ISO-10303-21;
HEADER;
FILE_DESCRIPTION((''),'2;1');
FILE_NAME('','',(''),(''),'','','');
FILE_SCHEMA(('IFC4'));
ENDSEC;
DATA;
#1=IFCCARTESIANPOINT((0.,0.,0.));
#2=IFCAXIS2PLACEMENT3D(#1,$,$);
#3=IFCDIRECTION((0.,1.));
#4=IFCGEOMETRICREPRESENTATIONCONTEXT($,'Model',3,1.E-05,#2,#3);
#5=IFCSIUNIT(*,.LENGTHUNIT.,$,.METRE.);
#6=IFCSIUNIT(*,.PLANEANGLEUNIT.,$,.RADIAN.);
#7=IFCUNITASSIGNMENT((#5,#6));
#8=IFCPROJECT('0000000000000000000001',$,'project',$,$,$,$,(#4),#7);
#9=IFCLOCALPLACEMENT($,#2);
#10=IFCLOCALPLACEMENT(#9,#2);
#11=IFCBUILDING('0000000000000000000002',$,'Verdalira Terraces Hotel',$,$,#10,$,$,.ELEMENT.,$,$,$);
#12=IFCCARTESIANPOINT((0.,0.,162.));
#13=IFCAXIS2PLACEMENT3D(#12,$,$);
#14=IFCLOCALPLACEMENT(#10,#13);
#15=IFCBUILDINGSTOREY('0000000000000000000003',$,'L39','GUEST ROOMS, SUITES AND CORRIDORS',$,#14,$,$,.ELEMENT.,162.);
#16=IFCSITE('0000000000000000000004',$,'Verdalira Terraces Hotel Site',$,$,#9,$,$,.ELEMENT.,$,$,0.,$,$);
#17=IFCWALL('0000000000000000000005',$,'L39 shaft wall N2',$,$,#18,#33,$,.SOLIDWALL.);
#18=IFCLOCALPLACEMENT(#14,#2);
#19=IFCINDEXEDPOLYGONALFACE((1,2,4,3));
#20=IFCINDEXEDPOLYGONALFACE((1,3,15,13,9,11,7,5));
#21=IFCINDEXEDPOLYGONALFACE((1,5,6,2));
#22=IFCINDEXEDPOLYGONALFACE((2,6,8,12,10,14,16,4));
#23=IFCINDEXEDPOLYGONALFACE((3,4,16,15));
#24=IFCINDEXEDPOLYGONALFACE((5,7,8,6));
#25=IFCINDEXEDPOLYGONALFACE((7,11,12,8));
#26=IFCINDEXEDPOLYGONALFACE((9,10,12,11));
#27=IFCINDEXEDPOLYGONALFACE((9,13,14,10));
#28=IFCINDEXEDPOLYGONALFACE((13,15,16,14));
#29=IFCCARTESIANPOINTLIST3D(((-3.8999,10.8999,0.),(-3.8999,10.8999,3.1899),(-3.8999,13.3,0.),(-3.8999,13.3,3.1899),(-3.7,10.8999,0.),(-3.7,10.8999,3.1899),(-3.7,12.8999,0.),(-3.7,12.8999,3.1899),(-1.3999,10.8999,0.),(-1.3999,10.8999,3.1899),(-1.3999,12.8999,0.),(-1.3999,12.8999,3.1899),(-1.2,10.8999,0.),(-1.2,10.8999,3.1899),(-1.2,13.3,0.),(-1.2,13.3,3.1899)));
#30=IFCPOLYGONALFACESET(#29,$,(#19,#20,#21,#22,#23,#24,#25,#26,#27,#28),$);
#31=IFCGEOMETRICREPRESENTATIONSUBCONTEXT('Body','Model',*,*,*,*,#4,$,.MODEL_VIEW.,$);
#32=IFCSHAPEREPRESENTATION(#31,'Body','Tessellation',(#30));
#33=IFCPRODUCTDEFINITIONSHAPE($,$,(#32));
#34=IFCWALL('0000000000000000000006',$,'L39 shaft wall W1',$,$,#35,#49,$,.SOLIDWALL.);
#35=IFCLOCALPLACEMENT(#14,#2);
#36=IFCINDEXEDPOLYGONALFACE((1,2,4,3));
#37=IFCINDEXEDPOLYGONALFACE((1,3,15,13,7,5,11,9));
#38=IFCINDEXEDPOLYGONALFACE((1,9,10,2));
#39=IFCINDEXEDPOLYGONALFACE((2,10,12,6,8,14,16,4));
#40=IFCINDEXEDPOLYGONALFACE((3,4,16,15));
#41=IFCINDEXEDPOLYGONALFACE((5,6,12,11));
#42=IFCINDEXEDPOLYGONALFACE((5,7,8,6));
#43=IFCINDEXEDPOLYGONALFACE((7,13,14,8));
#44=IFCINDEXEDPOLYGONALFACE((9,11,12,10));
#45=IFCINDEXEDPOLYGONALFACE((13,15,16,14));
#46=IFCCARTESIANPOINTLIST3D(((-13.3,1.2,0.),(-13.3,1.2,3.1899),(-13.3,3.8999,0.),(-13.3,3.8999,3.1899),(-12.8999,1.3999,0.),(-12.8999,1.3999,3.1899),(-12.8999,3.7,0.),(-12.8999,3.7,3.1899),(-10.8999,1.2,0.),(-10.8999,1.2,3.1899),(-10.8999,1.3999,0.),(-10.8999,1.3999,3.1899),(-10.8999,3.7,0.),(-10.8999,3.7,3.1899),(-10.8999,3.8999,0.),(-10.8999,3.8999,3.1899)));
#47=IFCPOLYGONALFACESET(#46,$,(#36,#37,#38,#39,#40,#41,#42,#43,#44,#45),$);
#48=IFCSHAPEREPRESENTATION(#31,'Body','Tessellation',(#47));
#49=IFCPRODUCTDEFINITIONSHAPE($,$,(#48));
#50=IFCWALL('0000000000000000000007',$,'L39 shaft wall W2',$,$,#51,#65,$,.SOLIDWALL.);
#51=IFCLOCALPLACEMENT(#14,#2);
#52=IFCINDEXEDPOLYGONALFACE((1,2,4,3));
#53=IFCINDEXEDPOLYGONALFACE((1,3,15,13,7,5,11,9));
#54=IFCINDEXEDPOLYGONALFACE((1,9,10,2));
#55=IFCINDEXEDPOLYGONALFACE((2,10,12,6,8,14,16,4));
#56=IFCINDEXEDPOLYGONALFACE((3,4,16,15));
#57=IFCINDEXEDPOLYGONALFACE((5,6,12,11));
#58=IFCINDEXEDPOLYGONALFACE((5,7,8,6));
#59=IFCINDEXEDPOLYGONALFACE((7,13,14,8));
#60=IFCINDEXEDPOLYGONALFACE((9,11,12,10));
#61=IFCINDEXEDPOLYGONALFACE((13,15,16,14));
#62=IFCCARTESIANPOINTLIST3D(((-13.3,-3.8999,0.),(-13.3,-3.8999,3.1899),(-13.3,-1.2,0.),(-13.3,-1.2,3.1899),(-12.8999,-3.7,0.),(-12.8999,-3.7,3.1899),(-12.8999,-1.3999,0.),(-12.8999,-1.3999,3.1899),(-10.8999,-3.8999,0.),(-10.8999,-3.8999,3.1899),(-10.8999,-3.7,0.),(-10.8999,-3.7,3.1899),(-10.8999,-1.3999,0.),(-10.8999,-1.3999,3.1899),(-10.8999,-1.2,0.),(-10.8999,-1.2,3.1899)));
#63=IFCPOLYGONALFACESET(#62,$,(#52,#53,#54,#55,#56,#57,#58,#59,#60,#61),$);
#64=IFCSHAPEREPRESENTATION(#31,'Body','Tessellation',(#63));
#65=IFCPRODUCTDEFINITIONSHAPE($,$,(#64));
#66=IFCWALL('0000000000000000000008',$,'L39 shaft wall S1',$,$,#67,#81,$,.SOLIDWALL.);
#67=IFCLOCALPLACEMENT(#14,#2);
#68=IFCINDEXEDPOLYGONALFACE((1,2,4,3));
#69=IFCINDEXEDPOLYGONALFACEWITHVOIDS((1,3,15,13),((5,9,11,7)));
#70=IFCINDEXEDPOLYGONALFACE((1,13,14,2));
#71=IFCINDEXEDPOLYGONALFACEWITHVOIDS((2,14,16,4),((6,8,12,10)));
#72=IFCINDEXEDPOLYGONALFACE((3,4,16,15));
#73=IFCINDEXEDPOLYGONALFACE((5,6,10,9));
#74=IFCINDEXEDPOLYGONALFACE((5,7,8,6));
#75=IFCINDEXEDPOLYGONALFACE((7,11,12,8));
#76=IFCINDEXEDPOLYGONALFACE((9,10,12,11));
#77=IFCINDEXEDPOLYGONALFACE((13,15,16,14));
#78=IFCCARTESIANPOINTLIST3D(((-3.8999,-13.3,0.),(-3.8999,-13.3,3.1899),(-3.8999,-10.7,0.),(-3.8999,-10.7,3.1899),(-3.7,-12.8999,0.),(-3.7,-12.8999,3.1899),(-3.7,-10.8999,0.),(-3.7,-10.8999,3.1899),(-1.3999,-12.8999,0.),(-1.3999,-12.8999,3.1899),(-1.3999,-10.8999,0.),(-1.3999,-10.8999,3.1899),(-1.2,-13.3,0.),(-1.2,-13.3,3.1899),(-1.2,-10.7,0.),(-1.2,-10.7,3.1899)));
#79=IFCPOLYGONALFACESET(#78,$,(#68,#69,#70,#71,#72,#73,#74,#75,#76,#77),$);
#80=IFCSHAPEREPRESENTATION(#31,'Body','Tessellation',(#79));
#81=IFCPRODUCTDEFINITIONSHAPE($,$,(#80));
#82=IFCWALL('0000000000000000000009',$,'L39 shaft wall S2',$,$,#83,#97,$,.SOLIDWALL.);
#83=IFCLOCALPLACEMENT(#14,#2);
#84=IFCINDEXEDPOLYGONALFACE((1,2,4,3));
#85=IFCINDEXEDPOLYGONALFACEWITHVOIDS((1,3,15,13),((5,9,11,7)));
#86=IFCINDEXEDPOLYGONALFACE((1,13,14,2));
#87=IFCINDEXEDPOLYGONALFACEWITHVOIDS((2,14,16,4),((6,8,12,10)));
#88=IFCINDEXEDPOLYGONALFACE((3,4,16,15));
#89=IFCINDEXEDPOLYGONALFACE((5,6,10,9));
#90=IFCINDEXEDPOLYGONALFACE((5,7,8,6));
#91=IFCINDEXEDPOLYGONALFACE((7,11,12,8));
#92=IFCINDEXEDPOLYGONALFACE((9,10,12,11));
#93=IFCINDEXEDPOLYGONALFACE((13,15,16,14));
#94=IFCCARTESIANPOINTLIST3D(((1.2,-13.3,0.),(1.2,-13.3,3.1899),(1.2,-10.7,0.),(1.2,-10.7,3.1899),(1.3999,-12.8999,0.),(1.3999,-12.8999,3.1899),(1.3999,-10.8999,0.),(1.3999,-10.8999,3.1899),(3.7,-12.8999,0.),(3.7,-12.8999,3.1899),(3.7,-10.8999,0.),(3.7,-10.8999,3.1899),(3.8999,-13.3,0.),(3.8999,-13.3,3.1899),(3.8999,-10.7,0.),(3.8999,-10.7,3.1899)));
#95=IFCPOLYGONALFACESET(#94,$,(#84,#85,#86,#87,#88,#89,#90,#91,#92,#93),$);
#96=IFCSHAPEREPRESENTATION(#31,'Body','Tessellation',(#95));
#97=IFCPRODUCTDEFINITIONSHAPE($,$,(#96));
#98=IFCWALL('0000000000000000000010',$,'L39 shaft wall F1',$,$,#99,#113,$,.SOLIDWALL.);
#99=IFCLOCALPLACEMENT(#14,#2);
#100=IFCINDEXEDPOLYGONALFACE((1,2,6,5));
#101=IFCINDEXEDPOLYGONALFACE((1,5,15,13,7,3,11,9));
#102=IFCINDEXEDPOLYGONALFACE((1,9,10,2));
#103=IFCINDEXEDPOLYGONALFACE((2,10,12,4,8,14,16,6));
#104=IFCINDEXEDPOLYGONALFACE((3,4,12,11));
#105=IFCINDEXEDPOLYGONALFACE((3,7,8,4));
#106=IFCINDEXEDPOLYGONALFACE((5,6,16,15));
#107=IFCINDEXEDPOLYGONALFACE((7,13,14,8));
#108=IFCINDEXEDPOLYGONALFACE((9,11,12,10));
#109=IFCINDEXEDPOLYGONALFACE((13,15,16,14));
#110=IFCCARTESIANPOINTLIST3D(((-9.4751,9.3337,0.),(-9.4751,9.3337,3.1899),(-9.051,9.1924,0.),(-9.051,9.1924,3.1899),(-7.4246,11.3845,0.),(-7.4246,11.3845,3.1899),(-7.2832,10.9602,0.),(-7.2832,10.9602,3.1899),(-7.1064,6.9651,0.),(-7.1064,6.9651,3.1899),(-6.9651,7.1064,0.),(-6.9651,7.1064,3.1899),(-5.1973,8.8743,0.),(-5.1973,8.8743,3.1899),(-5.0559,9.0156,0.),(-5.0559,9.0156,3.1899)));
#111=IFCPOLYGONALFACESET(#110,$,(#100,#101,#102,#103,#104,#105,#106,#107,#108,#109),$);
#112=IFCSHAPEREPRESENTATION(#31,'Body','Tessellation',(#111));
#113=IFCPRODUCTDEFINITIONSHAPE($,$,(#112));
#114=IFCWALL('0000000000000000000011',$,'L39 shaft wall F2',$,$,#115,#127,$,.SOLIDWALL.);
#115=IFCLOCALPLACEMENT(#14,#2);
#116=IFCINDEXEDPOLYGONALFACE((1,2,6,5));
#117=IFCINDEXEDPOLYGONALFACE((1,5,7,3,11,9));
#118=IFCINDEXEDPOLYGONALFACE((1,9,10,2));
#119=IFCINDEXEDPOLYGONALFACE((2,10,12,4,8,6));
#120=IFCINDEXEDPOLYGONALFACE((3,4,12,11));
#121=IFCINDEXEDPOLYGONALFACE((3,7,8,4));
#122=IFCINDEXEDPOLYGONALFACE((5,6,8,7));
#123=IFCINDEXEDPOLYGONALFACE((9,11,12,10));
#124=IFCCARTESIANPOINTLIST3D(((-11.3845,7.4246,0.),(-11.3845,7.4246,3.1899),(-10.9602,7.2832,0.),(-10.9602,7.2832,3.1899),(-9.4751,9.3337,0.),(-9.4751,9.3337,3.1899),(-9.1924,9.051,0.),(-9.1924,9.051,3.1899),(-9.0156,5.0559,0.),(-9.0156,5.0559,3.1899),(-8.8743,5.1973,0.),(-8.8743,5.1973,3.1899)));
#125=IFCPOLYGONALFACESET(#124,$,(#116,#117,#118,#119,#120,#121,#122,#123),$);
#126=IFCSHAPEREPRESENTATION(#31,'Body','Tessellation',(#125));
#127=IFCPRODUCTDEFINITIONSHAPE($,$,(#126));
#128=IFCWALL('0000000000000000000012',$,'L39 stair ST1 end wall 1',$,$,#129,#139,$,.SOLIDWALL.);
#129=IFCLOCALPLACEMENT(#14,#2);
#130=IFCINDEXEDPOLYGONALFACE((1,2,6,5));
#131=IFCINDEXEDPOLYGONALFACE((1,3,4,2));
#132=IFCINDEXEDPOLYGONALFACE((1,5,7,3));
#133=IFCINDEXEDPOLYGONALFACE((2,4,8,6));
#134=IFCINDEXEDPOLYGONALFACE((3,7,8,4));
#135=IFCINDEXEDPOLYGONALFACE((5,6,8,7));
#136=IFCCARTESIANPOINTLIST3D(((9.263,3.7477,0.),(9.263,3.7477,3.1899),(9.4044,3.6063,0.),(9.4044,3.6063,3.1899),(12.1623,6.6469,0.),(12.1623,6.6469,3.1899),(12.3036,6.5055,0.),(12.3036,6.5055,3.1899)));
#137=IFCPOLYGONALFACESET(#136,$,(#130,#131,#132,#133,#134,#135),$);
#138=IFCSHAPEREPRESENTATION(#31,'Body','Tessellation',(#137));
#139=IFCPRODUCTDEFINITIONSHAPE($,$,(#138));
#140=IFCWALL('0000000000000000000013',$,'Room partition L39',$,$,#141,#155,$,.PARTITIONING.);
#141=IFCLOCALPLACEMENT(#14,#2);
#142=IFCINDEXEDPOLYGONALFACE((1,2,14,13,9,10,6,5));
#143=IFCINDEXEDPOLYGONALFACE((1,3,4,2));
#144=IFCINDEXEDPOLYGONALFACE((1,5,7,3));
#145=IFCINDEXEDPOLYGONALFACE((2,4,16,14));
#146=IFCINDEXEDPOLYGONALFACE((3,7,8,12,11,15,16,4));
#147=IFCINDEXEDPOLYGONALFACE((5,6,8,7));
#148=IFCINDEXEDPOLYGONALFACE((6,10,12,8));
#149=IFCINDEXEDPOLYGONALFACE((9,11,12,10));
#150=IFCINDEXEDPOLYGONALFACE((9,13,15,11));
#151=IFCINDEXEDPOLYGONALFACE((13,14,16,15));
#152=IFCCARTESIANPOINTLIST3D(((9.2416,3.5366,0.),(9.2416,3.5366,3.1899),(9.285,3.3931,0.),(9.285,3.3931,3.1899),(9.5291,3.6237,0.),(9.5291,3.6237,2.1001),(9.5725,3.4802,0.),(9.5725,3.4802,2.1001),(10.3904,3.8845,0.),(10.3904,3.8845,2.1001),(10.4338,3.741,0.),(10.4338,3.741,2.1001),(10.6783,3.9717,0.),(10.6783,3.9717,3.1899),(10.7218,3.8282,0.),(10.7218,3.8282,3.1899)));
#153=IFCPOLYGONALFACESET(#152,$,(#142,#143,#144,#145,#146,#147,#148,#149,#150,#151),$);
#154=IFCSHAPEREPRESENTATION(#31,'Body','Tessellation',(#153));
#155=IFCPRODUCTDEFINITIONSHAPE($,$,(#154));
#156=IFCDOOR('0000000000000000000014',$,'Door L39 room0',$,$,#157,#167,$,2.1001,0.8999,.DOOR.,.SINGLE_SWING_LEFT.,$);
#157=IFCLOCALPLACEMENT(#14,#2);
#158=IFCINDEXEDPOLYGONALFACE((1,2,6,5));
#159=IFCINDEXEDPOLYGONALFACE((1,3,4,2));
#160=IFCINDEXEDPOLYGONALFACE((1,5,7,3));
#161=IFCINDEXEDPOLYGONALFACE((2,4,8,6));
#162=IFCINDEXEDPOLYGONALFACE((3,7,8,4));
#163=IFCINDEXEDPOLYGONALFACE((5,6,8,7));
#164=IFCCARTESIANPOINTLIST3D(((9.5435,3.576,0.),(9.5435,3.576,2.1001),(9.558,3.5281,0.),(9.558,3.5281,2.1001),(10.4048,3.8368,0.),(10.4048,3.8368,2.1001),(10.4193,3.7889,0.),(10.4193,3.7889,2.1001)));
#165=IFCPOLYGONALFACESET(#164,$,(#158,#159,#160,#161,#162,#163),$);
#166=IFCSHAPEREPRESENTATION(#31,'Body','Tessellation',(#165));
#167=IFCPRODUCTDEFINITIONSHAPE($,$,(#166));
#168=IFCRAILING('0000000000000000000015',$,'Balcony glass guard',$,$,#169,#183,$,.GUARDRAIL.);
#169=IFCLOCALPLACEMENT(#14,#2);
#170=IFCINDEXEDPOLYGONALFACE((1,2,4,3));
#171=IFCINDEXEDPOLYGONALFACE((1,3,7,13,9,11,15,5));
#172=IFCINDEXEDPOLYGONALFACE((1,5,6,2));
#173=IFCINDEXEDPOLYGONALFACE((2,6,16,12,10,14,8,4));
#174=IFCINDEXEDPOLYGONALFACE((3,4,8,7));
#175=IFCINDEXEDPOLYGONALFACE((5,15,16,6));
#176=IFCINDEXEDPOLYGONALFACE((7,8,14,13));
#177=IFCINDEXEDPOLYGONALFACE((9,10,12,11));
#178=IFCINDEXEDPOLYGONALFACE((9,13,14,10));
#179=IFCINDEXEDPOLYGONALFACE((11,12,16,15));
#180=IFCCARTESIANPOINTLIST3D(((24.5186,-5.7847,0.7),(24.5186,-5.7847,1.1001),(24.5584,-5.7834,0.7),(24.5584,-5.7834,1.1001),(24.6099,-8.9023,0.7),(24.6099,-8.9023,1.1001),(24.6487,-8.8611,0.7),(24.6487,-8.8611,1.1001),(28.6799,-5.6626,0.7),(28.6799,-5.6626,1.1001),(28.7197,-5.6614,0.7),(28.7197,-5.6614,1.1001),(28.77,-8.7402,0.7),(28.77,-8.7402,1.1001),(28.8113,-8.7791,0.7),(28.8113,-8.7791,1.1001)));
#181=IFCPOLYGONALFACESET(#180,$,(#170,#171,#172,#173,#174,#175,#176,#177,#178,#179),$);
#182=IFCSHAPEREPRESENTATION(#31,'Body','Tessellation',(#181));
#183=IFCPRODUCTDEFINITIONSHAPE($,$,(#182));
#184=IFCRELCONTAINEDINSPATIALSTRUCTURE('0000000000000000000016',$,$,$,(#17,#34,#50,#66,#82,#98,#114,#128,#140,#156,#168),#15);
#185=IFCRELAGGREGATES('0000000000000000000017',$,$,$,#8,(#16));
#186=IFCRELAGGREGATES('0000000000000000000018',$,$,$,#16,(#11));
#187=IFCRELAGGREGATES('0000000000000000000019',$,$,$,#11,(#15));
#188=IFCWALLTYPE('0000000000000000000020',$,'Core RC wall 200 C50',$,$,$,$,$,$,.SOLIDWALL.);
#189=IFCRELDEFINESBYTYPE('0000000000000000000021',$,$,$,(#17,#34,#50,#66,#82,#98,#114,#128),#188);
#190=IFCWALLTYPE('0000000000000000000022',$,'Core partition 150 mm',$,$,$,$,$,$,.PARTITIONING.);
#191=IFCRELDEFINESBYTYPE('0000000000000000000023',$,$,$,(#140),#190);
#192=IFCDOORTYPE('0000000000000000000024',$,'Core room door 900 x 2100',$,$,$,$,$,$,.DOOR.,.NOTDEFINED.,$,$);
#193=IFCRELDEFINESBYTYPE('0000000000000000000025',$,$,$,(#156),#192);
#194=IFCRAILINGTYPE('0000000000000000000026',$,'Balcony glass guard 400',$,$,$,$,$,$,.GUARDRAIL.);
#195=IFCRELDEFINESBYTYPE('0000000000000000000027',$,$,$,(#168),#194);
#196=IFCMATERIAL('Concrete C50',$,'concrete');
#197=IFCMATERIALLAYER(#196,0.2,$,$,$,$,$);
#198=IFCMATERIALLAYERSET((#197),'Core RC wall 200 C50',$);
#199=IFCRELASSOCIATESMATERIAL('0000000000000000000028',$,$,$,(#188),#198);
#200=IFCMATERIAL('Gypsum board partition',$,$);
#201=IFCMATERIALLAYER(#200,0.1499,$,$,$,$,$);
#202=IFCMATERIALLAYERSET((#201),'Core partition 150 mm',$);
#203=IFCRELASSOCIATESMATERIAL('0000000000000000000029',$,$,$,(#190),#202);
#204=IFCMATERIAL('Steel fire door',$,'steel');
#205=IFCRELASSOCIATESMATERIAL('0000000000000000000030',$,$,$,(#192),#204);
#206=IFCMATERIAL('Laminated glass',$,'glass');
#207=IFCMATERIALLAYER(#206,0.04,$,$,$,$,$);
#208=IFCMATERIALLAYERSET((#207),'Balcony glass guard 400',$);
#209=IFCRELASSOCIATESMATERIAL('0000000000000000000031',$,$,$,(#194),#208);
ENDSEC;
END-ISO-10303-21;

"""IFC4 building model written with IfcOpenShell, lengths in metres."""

from ifc_helpers import new_model, si_unit, direction, frame, frame_2d, origin, place, context, subcontext, project, spatial, polyline, rectangle, outline, extrude, material, layer, layer_set, type_object, element, fill, save


model = new_model("IFC4")

# Units and contexts
model_context = context("Model", 3, precision=1e-05, world=origin(), true_north=direction((0.0, 1.0)))
body_context = subcontext(model_context, "Body", "Model", "MODEL_VIEW")
ifc_project = project(units=[si_unit("LENGTHUNIT", "METRE"), si_unit("PLANEANGLEUNIT", "RADIAN")], contexts=[model_context])

# Site, building, storey
site_placement = place(None, origin())
site = spatial("IfcSite", under=ifc_project, at=site_placement, Name="Verdalira Terraces Hotel Site", CompositionType="ELEMENT", RefElevation=0.0)
building_placement = place(site_placement, origin())
building = spatial("IfcBuilding", under=site, at=building_placement, Name="Verdalira Terraces Hotel", CompositionType="ELEMENT")
storey_placement = place(building_placement, frame((0.0, 0.0, 162.0)))
storey = spatial("IfcBuildingStorey", under=building, at=storey_placement, Name="L39", Description="GUEST ROOMS, SUITES AND CORRIDORS", CompositionType="ELEMENT", Elevation=162.0)

# Shared definitions
ifc_material_1 = material(Name="Concrete C50", Category="concrete")
ifc_layer_1 = layer(ifc_material_1, 0.2)
ifc_layer_set_1 = layer_set([ifc_layer_1], Name="Core RC wall 200 C50")
wall_type_1 = type_object("IfcWallType", Name="Core RC wall 200 C50", PredefinedType="SOLIDWALL", material=ifc_layer_set_1)

# Walls
wall_1_placement = place(storey_placement, origin())
element("IfcWall", 1, at=wall_1_placement, inside=storey, type_object=wall_type_1, Name="L39 shaft wall N2", PredefinedType="SOLIDWALL", context=body_context, shape_type="SweptSolid", body=[
    extrude(outline(polyline([(-3.8999, 10.8999), (-3.8999, 13.3), (-1.2, 13.3), (-1.2, 10.8999), (-1.3999, 10.8999), (-1.3999, 12.8999), (-3.7, 12.8999), (-3.7, 10.8999), (-3.8999, 10.8999)])), origin(), (0.0, 0.0, 1.0), 3.1899),
])
wall_2_placement = place(storey_placement, origin())
element("IfcWall", 2, at=wall_2_placement, inside=storey, type_object=wall_type_1, Name="L39 shaft wall W1", PredefinedType="SOLIDWALL", context=body_context, shape_type="SweptSolid", body=[
    extrude(outline(polyline([(-13.3, 3.8999), (-10.8999, 3.8999), (-10.8999, 3.7), (-12.8999, 3.7), (-12.8999, 1.3999), (-10.8999, 1.3999), (-10.8999, 1.2), (-13.3, 1.2), (-13.3, 3.8999)])), origin(), (0.0, 0.0, 1.0), 3.1899),
])
wall_3_placement = place(storey_placement, origin())
element("IfcWall", 3, at=wall_3_placement, inside=storey, type_object=wall_type_1, Name="L39 shaft wall W2", PredefinedType="SOLIDWALL", context=body_context, shape_type="SweptSolid", body=[
    extrude(outline(polyline([(-13.3, -3.8999), (-13.3, -1.2), (-10.8999, -1.2), (-10.8999, -1.3999), (-12.8999, -1.3999), (-12.8999, -3.7), (-10.8999, -3.7), (-10.8999, -3.8999), (-13.3, -3.8999)])), origin(), (0.0, 0.0, 1.0), 3.1899),
])
wall_4_placement = place(storey_placement, origin())
element("IfcWall", 4, at=wall_4_placement, inside=storey, type_object=wall_type_1, Name="L39 shaft wall S1", PredefinedType="SOLIDWALL", context=body_context, shape_type="SweptSolid", body=[
    extrude(outline(polyline([(-1.2, -13.3), (-3.8999, -13.3), (-3.8999, -10.7), (-1.2, -10.7), (-1.2, -13.3)]), holes=[polyline([(-3.7, -10.8999), (-3.7, -12.8999), (-1.3999, -12.8999), (-1.3999, -10.8999), (-3.7, -10.8999)])]), origin(), (0.0, 0.0, 1.0), 3.1899),
])
wall_5_placement = place(storey_placement, origin())
element("IfcWall", 5, at=wall_5_placement, inside=storey, type_object=wall_type_1, Name="L39 shaft wall S2", PredefinedType="SOLIDWALL", context=body_context, shape_type="SweptSolid", body=[
    extrude(outline(polyline([(3.8999, -10.7), (3.8999, -13.3), (1.2, -13.3), (1.2, -10.7), (3.8999, -10.7)]), holes=[polyline([(1.3999, -12.8999), (3.7, -12.8999), (3.7, -10.8999), (1.3999, -10.8999), (1.3999, -12.8999)])]), origin(), (0.0, 0.0, 1.0), 3.1899),
])
wall_6_placement = place(storey_placement, origin())
element("IfcWall", 6, at=wall_6_placement, inside=storey, type_object=wall_type_1, Name="L39 shaft wall F1", PredefinedType="SOLIDWALL", context=body_context, shape_type="SweptSolid", body=[
    extrude(outline(polyline([(-9.4751, 9.3337), (-7.4246, 11.3845), (-5.0559, 9.0156), (-5.1973, 8.8743), (-7.2832, 10.9602), (-9.051, 9.1924), (-6.9651, 7.1064), (-7.1064, 6.9651), (-9.4751, 9.3337)])), origin(), (0.0, 0.0, 1.0), 3.1899),
])
wall_7_placement = place(storey_placement, origin())
element("IfcWall", 7, at=wall_7_placement, inside=storey, type_object=wall_type_1, Name="L39 shaft wall F2", PredefinedType="SOLIDWALL", context=body_context, shape_type="SweptSolid", body=[
    extrude(outline(polyline([(-11.3845, 7.4246), (-9.4751, 9.3337), (-9.1924, 9.051), (-10.9602, 7.2832), (-8.8743, 5.1973), (-9.0156, 5.0559), (-11.3845, 7.4246)])), origin(), (0.0, 0.0, 1.0), 3.1899),
])
wall_8_placement = place(storey_placement, frame((9.3337, 3.677, 0.0), z_axis=(0.0, 0.0, 1.0), x_axis=(0.707107, 0.707107, 0.0)))
element("IfcWall", 8, at=wall_8_placement, inside=storey, type_object=wall_type_1, Name="L39 stair ST1 end wall 1", PredefinedType="SOLIDWALL", context=body_context, shape_type="SweptSolid", body=[
    extrude(rectangle(XDim=4.1001, YDim=0.2, at=frame_2d((2.05, 0.0))), origin(), (0.0, 0.0, 1.0), 3.1899),
])

# Wall, opening, door
ifc_material_2 = material(Name="Gypsum board partition")
ifc_layer_2 = layer(ifc_material_2, 0.1499)
ifc_layer_set_2 = layer_set([ifc_layer_2], Name="Core partition 150 mm")
wall_type_2 = type_object("IfcWallType", Name="Core partition 150 mm", PredefinedType="PARTITIONING", material=ifc_layer_set_2)
wall_9_placement = place(storey_placement, frame((10.7, 3.8999, 0.0), z_axis=(0.0, 0.0, 1.0), x_axis=(-0.957085, -0.289809, 0.0)))
wall_9 = element("IfcWall", 9, at=wall_9_placement, inside=storey, type_object=wall_type_2, Name="Room partition L39", PredefinedType="PARTITIONING", context=body_context, shape_type="SweptSolid", body=[
    extrude(rectangle(XDim=1.5012, YDim=0.1499, at=frame_2d((0.7505, 0.0))), origin(), (0.0, 0.0, 1.0), 3.1899),
])
opening_1_placement = place(wall_9_placement, frame((0.3008, 0.0, 0.0)))
opening_1 = element("IfcOpeningElement", 10, at=opening_1_placement, cuts=wall_9, PredefinedType="OPENING", context=body_context, shape_type="SweptSolid", body=[
    extrude(rectangle(XDim=0.8999, YDim=2.1001, at=frame_2d((0.45, 1.05))), frame((0.0, 0.085, 0.0), z_axis=(0.0, -1.0, 0.0), x_axis=(1.0, 0.0, 0.0)), (0.0, 0.0, 1.0), 0.1699),
])
ifc_material_3 = material(Name="Steel fire door", Category="steel")
door_type_1 = type_object("IfcDoorType", Name="Core room door 900 x 2100", OperationType="NOTDEFINED", PredefinedType="DOOR", material=ifc_material_3)
door_1_placement = place(opening_1_placement, origin())
door_1 = element("IfcDoor", 11, at=door_1_placement, inside=storey, type_object=door_type_1, Name="Door L39 room0", OperationType="SINGLE_SWING_LEFT", OverallHeight=2.1001, OverallWidth=0.8999, PredefinedType="DOOR", context=body_context, shape_type="SweptSolid", body=[
    extrude(rectangle(XDim=0.8999, YDim=2.1001, at=frame_2d((0.45, 1.05))), frame((0.0, 0.0249, 0.0), z_axis=(0.0, -1.0, 0.0), x_axis=(1.0, 0.0, 0.0)), (0.0, 0.0, 1.0), 0.05),
])
fill(opening_1, door_1)

# Railing
ifc_material_4 = material(Name="Laminated glass", Category="glass")
ifc_layer_3 = layer(ifc_material_4, 0.04)
ifc_layer_set_3 = layer_set([ifc_layer_3], Name="Balcony glass guard 400")
railing_type = type_object("IfcRailingType", Name="Balcony glass guard 400", PredefinedType="GUARDRAIL", material=ifc_layer_set_3)
railing_1_placement = place(storey_placement, frame((0.0, 0.0, 0.7)))
element("IfcRailing", 12, at=railing_1_placement, inside=storey, type_object=railing_type, Name="Balcony glass guard", PredefinedType="GUARDRAIL", context=body_context, shape_type="SweptSolid", body=[
    extrude(outline(polyline([(24.6487, -8.8611), (28.77, -8.7402), (28.6799, -5.6626), (28.7197, -5.6614), (28.8113, -8.7791), (24.6099, -8.9023), (24.5186, -5.7847), (24.5584, -5.7834), (24.6487, -8.8611)])), origin(), (0.0, 0.0, 1.0), 0.4001),
])

save(model, "model.ifc")
